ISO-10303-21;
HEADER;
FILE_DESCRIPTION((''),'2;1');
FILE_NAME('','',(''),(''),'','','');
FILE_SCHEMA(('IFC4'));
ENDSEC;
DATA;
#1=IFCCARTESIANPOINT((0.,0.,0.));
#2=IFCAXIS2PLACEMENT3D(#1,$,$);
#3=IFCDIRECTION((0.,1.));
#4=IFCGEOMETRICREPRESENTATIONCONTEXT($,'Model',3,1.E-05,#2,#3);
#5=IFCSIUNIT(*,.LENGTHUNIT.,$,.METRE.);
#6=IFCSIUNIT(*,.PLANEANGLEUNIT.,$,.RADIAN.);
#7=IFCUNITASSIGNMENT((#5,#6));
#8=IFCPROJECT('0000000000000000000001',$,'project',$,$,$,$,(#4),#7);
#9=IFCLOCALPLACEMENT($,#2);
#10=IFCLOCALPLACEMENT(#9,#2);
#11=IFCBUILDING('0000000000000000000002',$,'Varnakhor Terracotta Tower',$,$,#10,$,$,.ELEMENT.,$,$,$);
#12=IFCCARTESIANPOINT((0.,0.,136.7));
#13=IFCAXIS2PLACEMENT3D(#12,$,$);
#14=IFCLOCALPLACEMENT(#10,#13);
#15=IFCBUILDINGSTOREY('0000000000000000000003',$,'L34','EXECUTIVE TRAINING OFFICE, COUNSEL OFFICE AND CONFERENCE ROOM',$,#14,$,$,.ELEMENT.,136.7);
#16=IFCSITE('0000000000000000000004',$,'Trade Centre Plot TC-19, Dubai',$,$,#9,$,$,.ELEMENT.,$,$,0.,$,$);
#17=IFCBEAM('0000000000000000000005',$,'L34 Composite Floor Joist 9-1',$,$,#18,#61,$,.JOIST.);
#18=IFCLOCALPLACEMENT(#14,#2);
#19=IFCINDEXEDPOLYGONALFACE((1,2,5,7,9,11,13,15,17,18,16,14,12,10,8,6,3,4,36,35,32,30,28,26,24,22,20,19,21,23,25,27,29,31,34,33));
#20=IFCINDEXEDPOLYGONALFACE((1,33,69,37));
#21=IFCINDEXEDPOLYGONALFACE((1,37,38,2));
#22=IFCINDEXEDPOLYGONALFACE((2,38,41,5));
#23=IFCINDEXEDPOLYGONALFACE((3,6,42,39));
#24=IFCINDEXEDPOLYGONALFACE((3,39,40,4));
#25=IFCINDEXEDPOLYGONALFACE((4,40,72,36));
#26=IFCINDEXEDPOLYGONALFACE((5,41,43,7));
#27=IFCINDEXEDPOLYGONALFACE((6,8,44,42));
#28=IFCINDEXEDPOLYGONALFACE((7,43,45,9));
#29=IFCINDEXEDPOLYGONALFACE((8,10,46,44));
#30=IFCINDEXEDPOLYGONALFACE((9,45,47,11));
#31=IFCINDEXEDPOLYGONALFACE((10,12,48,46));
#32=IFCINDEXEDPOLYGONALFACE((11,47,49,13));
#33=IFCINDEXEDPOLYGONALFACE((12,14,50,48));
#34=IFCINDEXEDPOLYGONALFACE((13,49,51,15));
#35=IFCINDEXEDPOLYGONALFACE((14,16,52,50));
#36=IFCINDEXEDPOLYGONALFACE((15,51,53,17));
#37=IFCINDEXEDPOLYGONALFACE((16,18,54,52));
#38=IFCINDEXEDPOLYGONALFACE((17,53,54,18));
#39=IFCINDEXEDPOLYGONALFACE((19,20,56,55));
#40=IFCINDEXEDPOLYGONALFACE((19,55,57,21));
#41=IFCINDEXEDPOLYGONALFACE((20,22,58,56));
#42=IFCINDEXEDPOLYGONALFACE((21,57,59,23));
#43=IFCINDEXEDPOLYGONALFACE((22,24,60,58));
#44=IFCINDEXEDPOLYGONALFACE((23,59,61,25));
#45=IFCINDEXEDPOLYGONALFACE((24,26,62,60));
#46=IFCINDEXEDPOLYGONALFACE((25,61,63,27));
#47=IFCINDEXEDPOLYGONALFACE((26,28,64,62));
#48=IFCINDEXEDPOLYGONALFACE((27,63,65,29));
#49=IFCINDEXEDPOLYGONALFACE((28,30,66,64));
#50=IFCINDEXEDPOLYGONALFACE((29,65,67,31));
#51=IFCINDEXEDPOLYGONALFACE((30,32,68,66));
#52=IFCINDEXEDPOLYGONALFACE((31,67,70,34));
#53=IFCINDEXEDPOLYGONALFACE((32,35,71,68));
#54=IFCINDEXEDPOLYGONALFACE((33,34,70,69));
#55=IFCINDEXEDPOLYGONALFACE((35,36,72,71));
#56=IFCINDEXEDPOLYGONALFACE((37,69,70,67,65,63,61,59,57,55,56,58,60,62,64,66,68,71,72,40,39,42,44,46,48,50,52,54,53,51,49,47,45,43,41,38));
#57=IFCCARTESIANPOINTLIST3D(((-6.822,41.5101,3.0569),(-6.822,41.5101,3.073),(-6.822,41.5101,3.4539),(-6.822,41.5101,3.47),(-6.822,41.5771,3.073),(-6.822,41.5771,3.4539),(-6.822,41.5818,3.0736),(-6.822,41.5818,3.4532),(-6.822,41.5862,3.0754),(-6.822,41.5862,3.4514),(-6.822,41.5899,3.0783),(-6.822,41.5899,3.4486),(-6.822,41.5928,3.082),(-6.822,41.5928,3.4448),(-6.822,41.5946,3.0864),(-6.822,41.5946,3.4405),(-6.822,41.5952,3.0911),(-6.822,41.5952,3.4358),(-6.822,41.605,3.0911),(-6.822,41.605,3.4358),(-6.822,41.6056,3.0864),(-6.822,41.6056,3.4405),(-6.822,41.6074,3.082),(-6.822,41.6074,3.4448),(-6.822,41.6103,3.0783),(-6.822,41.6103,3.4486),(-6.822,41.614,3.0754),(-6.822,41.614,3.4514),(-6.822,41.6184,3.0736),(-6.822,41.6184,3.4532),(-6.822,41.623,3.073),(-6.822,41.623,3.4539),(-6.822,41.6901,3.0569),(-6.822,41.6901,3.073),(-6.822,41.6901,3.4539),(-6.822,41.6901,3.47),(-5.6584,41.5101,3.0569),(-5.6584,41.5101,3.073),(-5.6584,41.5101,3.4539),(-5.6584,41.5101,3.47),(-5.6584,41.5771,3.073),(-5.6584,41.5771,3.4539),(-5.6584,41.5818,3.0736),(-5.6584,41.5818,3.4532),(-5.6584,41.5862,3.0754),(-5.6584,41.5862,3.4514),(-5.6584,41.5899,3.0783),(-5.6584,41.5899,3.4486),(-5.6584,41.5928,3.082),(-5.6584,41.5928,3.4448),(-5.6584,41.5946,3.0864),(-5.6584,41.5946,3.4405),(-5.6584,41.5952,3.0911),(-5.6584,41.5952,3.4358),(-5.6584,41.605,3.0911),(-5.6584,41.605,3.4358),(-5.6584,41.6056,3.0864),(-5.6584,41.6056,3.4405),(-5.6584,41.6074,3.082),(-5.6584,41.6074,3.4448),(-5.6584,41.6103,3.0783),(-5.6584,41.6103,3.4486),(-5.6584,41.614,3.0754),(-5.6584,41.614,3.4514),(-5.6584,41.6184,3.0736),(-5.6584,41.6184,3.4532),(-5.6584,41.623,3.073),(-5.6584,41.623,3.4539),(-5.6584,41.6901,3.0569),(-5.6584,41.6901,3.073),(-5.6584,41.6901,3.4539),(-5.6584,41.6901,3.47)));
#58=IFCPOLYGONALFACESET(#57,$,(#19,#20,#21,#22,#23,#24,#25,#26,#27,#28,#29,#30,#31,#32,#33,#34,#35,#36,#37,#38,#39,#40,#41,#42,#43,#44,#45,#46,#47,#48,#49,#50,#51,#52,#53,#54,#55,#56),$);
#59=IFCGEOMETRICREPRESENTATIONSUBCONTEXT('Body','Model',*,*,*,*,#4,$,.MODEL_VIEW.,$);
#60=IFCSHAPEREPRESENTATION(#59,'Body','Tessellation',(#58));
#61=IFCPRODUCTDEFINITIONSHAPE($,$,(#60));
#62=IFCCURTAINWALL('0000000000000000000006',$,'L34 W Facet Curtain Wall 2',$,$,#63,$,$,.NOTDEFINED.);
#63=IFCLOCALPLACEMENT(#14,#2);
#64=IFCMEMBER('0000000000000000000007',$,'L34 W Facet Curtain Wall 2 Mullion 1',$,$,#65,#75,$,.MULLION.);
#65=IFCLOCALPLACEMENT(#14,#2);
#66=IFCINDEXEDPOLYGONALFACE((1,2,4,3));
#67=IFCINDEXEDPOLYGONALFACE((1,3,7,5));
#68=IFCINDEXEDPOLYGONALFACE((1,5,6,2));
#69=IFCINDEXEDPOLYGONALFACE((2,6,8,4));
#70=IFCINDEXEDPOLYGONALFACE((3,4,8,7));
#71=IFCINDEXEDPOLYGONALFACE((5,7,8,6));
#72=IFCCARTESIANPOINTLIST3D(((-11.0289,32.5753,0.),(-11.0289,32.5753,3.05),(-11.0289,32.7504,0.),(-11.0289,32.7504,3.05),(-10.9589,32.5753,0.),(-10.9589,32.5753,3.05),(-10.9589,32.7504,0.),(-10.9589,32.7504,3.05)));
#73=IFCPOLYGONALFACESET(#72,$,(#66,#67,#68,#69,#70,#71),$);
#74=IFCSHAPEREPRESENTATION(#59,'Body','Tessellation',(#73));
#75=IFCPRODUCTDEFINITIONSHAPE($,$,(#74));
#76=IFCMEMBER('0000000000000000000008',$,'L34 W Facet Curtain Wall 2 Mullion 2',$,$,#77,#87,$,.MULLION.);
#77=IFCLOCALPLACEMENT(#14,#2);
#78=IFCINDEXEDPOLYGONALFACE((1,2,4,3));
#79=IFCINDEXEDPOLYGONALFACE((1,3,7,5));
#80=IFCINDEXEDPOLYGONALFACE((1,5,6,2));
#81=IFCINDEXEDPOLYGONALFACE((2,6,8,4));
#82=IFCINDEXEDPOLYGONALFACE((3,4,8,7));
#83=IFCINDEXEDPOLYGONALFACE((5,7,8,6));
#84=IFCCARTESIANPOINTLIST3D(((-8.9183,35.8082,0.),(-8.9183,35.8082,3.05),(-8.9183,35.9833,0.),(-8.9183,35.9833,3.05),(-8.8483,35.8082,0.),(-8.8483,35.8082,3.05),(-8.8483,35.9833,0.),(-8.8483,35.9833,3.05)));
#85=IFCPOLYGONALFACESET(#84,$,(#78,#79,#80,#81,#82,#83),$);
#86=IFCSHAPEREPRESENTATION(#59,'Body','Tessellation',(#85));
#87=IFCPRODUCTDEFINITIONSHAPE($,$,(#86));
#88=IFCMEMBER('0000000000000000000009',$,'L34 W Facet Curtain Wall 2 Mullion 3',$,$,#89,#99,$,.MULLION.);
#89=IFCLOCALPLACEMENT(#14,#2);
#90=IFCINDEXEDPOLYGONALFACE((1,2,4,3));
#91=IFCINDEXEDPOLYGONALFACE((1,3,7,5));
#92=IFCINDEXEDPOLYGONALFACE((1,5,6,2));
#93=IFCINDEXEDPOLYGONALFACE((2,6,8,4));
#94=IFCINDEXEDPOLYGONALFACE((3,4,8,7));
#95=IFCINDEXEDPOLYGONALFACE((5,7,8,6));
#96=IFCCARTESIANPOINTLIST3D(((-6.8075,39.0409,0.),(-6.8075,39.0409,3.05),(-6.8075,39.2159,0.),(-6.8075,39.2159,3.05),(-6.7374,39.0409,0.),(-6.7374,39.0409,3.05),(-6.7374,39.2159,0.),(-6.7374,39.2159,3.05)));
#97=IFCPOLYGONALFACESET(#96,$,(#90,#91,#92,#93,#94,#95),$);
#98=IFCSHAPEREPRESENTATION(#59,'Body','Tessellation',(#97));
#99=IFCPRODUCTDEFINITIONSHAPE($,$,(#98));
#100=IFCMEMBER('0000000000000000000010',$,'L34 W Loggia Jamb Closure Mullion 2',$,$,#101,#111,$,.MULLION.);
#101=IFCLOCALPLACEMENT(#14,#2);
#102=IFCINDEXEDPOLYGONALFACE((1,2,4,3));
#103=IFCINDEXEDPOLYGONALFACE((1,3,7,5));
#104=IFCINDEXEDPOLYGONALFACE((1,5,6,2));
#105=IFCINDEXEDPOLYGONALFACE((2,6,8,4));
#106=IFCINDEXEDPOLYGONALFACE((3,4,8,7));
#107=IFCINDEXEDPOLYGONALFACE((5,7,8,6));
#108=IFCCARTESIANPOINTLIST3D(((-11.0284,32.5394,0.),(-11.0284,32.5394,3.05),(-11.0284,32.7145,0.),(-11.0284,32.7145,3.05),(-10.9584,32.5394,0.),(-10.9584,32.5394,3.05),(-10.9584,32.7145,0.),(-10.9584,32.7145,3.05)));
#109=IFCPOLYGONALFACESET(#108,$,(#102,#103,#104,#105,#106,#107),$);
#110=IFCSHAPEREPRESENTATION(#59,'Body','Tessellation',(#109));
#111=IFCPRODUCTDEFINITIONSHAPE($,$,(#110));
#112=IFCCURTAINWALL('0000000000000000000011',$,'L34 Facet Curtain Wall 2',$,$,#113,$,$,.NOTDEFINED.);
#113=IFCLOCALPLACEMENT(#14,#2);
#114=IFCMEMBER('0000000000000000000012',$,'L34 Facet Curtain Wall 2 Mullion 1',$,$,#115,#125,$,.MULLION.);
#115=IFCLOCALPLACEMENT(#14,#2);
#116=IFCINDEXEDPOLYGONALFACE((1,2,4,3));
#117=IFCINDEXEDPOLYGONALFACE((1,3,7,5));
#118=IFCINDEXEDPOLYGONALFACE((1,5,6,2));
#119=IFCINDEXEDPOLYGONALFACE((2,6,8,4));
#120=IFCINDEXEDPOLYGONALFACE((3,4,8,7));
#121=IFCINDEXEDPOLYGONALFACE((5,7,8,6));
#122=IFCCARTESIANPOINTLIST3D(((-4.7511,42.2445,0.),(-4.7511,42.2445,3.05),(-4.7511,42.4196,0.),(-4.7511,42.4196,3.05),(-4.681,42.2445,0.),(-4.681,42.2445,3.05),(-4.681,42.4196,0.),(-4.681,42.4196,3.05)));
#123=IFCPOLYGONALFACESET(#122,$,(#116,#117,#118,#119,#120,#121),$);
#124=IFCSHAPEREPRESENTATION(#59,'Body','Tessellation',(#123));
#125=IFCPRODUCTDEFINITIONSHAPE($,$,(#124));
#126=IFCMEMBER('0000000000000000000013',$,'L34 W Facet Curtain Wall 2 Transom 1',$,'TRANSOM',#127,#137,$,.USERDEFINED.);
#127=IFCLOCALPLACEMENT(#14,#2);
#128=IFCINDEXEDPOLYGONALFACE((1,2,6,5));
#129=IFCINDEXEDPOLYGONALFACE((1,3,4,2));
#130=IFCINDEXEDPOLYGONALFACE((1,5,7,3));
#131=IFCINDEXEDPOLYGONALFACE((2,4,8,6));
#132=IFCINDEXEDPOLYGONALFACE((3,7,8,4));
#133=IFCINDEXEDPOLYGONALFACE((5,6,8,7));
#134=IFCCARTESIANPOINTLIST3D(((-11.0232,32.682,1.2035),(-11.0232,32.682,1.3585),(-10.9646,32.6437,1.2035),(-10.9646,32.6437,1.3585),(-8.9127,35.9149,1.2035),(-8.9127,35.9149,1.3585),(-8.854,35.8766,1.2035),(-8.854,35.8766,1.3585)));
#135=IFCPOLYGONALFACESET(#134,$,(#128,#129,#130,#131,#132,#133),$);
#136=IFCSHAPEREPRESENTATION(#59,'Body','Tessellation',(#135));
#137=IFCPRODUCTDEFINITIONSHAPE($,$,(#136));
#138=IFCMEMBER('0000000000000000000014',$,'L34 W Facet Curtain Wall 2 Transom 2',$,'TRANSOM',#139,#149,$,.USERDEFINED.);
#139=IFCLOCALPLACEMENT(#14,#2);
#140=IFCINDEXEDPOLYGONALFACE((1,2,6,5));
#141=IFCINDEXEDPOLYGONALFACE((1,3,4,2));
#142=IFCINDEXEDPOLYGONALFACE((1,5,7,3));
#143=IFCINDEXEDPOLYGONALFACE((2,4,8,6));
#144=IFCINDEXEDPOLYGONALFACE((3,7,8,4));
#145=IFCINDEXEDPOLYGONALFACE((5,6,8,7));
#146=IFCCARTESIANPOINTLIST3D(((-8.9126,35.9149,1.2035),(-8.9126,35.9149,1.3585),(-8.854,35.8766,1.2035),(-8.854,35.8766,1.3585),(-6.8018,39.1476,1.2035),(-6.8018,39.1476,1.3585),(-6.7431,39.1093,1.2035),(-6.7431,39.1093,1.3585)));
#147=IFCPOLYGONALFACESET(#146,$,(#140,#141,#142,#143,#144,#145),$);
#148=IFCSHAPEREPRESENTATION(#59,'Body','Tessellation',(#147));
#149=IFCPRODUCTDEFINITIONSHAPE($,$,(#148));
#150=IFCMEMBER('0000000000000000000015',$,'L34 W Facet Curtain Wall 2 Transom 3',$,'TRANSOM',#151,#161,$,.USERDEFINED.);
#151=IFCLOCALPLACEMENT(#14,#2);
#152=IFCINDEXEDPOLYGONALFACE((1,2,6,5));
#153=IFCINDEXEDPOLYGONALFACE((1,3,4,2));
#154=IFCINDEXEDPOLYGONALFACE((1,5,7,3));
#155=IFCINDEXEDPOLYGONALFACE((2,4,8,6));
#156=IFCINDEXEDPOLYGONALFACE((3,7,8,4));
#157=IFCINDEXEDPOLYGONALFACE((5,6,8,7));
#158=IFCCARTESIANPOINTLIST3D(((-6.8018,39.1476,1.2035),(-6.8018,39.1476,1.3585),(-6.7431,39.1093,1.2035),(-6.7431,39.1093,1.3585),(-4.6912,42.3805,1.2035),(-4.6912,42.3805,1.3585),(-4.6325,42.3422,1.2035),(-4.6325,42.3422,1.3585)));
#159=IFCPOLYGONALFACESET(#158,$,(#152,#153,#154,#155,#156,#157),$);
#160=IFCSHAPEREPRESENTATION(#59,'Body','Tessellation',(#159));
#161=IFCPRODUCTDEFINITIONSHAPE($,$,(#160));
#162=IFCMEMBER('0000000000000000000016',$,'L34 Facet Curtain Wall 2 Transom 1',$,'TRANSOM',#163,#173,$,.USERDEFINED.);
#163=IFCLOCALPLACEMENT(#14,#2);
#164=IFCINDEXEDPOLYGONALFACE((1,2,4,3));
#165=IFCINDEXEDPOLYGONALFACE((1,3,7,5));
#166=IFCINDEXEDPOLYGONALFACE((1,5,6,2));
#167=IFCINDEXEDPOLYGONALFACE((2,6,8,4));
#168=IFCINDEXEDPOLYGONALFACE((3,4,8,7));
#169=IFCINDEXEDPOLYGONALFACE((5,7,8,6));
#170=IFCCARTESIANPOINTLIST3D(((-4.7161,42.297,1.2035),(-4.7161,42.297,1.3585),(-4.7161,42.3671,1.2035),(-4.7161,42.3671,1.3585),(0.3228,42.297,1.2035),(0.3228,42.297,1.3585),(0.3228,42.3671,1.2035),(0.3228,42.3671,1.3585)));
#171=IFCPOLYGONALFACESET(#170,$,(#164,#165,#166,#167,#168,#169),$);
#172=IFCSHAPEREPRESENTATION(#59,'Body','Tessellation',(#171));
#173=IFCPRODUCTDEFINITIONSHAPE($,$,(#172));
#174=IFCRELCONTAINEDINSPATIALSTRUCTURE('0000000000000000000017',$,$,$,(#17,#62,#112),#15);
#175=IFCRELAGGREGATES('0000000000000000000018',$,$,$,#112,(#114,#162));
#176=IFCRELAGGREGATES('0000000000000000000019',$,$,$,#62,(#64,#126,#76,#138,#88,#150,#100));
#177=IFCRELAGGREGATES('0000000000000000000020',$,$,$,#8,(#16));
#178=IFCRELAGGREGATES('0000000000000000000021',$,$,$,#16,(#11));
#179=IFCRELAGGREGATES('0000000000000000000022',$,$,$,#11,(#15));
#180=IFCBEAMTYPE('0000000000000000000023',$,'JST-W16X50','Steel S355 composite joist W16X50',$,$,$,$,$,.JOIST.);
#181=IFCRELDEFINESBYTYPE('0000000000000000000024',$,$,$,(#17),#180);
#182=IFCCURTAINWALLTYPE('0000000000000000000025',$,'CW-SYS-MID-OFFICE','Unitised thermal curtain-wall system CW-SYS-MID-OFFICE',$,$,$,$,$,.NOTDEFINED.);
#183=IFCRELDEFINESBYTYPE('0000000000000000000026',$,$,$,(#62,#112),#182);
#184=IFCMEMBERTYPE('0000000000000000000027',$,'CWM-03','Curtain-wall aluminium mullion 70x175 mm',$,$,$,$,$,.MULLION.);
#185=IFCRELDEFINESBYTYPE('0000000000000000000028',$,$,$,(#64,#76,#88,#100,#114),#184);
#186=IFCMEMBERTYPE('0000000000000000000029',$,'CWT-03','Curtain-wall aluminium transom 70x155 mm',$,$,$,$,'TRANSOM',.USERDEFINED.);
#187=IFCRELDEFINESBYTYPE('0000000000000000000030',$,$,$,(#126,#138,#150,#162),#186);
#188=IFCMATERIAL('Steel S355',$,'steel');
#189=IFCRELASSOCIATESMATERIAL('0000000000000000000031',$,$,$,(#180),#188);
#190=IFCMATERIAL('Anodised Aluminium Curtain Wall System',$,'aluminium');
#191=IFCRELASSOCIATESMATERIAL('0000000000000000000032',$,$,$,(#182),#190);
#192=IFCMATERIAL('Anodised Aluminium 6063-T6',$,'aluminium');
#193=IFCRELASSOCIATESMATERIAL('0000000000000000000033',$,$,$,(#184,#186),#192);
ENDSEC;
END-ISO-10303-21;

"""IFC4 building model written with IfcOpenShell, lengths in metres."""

from ifc_helpers import new_model, si_unit, direction, frame, origin, origin_2d, place, context, subcontext, project, spatial, rectangle, i_section, extrude, source, transform, mapped, material, material_profile, profile_set, type_object, element, aggregate, save


model = new_model("IFC4")

# Units and contexts
model_context = context("Model", 3, precision=1e-05, world=origin(), true_north=direction((0.0, 1.0)))
body_context = subcontext(model_context, "Body", "Model", "MODEL_VIEW")
ifc_project = project(units=[si_unit("LENGTHUNIT", "METRE"), si_unit("PLANEANGLEUNIT", "RADIAN")], contexts=[model_context])

# Site, building, storey
site_placement = place(None, origin())
site = spatial("IfcSite", under=ifc_project, at=site_placement, Name="Trade Centre Plot TC-19, Dubai", CompositionType="ELEMENT", RefElevation=0.0)
building_placement = place(site_placement, origin())
building = spatial("IfcBuilding", under=site, at=building_placement, Name="Varnakhor Terracotta Tower", CompositionType="ELEMENT")
storey_placement = place(building_placement, frame((0.0, 0.0, 136.7)))
storey = spatial("IfcBuildingStorey", under=building, at=storey_placement, Name="L34", Description="EXECUTIVE TRAINING OFFICE, COUNSEL OFFICE AND CONFERENCE ROOM", CompositionType="ELEMENT", Elevation=136.7)

# Beam
ifc_material_1 = material(Name="Steel S355", Category="steel")
ifc_material_profile_1 = material_profile(ifc_material_1, i_section(OverallWidth=0.1799, OverallDepth=0.4131, WebThickness=0.0098, FlangeThickness=0.0161, FilletRadius=0.0181, at=origin_2d()), Name="W16X50")
ifc_profile_set_1 = profile_set([ifc_material_profile_1], Name="Steel S355")
beam_type_1 = type_object("IfcBeamType", Name="JST-W16X50", Description="Steel S355 composite joist W16X50", PredefinedType="JOIST", material=ifc_profile_set_1)
shared_shape_1 = source(origin(), body_context, "Body", "SweptSolid", [
    extrude(i_section(OverallWidth=0.1799, OverallDepth=0.4131, WebThickness=0.0098, FlangeThickness=0.0161, FilletRadius=0.0181, at=origin_2d()), origin(), (0.0, 0.0, 1.0), 1.1636),
])
beam_1_placement = place(storey_placement, frame((-6.822, 41.6001, 3.2634), z_axis=(1.0, 0.0, 0.0), x_axis=(0.0, 1.0, 0.0)))
element("IfcBeam", 1, at=beam_1_placement, inside=storey, type_object=beam_type_1, Name="L34 Composite Floor Joist 9-1", PredefinedType="JOIST", context=body_context, shape_type="MappedRepresentation", body=[
    mapped(shared_shape_1, transform((0.0, 0.0, 0.0), scale=1.0)),
])

# Curtain wall, members
ifc_material_2 = material(Name="Anodised Aluminium Curtain Wall System", Category="aluminium")
curtain_wall_type = type_object("IfcCurtainWallType", Name="CW-SYS-MID-OFFICE", Description="Unitised thermal curtain-wall system CW-SYS-MID-OFFICE", PredefinedType="NOTDEFINED", material=ifc_material_2)
curtain_wall_1_placement = place(storey_placement, origin())
curtain_wall_1 = element("IfcCurtainWall", 2, at=curtain_wall_1_placement, inside=storey, type_object=curtain_wall_type, Name="L34 W Facet Curtain Wall 2", PredefinedType="NOTDEFINED")
ifc_material_3 = material(Name="Anodised Aluminium 6063-T6", Category="aluminium")
ifc_material_profile_2 = material_profile(ifc_material_3, rectangle(XDim=0.0701, YDim=0.175, at=origin_2d()), Name="ALU MULLION 70x175")
ifc_profile_set_2 = profile_set([ifc_material_profile_2], Name="Anodised Aluminium 6063-T6")
member_type_1 = type_object("IfcMemberType", Name="CWM-03", Description="Curtain-wall aluminium mullion 70x175 mm", PredefinedType="MULLION", material=ifc_profile_set_2)
shared_shape_2 = source(origin(), body_context, "Body", "SweptSolid", [
    extrude(rectangle(XDim=0.0701, YDim=0.175, at=origin_2d()), origin(), (0.0, 0.0, 1.0), 3.05),
])
member_1_placement = place(storey_placement, frame((-10.9939, 32.6628, 0.0), z_axis=(0.0, 0.0, 1.0), x_axis=(1.0, 0.0, 0.0)))
member_1 = element("IfcMember", 3, at=member_1_placement, type_object=member_type_1, Name="L34 W Facet Curtain Wall 2 Mullion 1", PredefinedType="MULLION", context=body_context, shape_type="MappedRepresentation", body=[
    mapped(shared_shape_2, transform((0.0, 0.0, 0.0), scale=1.0)),
])
member_2_placement = place(storey_placement, frame((-8.8833, 35.8958, 0.0), z_axis=(0.0, 0.0, 1.0), x_axis=(1.0, 0.0, 0.0)))
member_2 = element("IfcMember", 4, at=member_2_placement, type_object=member_type_1, Name="L34 W Facet Curtain Wall 2 Mullion 2", PredefinedType="MULLION", context=body_context, shape_type="MappedRepresentation", body=[
    mapped(shared_shape_2, transform((0.0, 0.0, 0.0), scale=1.0)),
])
member_3_placement = place(storey_placement, frame((-6.7725, 39.1284, 0.0), z_axis=(0.0, 0.0, 1.0), x_axis=(1.0, 0.0, 0.0)))
member_3 = element("IfcMember", 5, at=member_3_placement, type_object=member_type_1, Name="L34 W Facet Curtain Wall 2 Mullion 3", PredefinedType="MULLION", context=body_context, shape_type="MappedRepresentation", body=[
    mapped(shared_shape_2, transform((0.0, 0.0, 0.0), scale=1.0)),
])
member_4_placement = place(storey_placement, frame((-10.9934, 32.627, 0.0), z_axis=(0.0, 0.0, 1.0), x_axis=(1.0, 0.0, 0.0)))
member_4 = element("IfcMember", 6, at=member_4_placement, type_object=member_type_1, Name="L34 W Loggia Jamb Closure Mullion 2", PredefinedType="MULLION", context=body_context, shape_type="MappedRepresentation", body=[
    mapped(shared_shape_2, transform((0.0, 0.0, 0.0), scale=1.0)),
])

# Curtain wall, member
curtain_wall_2_placement = place(storey_placement, origin())
curtain_wall_2 = element("IfcCurtainWall", 7, at=curtain_wall_2_placement, inside=storey, type_object=curtain_wall_type, Name="L34 Facet Curtain Wall 2", PredefinedType="NOTDEFINED")
member_5_placement = place(storey_placement, frame((-4.7161, 42.332, 0.0), z_axis=(0.0, 0.0, 1.0), x_axis=(1.0, 0.0, 0.0)))
member_5 = element("IfcMember", 8, at=member_5_placement, type_object=member_type_1, Name="L34 Facet Curtain Wall 2 Mullion 1", PredefinedType="MULLION", context=body_context, shape_type="MappedRepresentation", body=[
    mapped(shared_shape_2, transform((0.0, 0.0, 0.0), scale=1.0)),
])

# Members
ifc_material_profile_3 = material_profile(ifc_material_3, rectangle(XDim=0.0701, YDim=0.155, at=origin_2d()), Name="ALU TRANSOM 70x155")
ifc_profile_set_3 = profile_set([ifc_material_profile_3], Name="Anodised Aluminium 6063-T6")
member_type_2 = type_object("IfcMemberType", Name="CWT-03", Description="Curtain-wall aluminium transom 70x155 mm", ElementType="TRANSOM", PredefinedType="USERDEFINED", material=ifc_profile_set_3)
shared_shape_3 = source(origin(), body_context, "Body", "SweptSolid", [
    extrude(rectangle(XDim=0.0701, YDim=0.155, at=origin_2d()), origin(), (0.0, 0.0, 1.0), 3.8608),
])
member_6_placement = place(storey_placement, frame((-10.9939, 32.6628, 1.281), z_axis=(0.546663, 0.837353, 0.0), x_axis=(-0.837353, 0.546663, 0.0)))
member_6 = element("IfcMember", 9, at=member_6_placement, type_object=member_type_2, Name="L34 W Facet Curtain Wall 2 Transom 1", ObjectType="TRANSOM", PredefinedType="USERDEFINED", context=body_context, shape_type="MappedRepresentation", body=[
    mapped(shared_shape_3, transform((0.0, 0.0, 0.0), scale=1.0)),
])
member_7_placement = place(storey_placement, frame((-8.8833, 35.8958, 1.281), z_axis=(0.546736, 0.837305, 0.0), x_axis=(-0.837305, 0.546736, 0.0)))
member_7 = element("IfcMember", 10, at=member_7_placement, type_object=member_type_2, Name="L34 W Facet Curtain Wall 2 Transom 2", ObjectType="TRANSOM", PredefinedType="USERDEFINED", context=body_context, shape_type="MappedRepresentation", body=[
    mapped(shared_shape_3, transform((0.0, 0.0, 0.0), scale=1.0)),
])
member_8_placement = place(storey_placement, frame((-6.7725, 39.1284, 1.281), z_axis=(0.546663, 0.837353, 0.0), x_axis=(-0.837353, 0.546663, 0.0)))
member_8 = element("IfcMember", 11, at=member_8_placement, type_object=member_type_2, Name="L34 W Facet Curtain Wall 2 Transom 3", ObjectType="TRANSOM", PredefinedType="USERDEFINED", context=body_context, shape_type="MappedRepresentation", body=[
    mapped(shared_shape_3, transform((0.0, 0.0, 0.0), scale=1.0)),
])
shared_shape_4 = source(origin(), body_context, "Body", "SweptSolid", [
    extrude(rectangle(XDim=0.0701, YDim=0.155, at=origin_2d()), origin(), (0.0, 0.0, 1.0), 5.0388),
])
member_9_placement = place(storey_placement, frame((-4.7161, 42.332, 1.281), z_axis=(1.0, 0.0, 0.0), x_axis=(0.0, 1.0, 0.0)))
member_9 = element("IfcMember", 12, at=member_9_placement, type_object=member_type_2, Name="L34 Facet Curtain Wall 2 Transom 1", ObjectType="TRANSOM", PredefinedType="USERDEFINED", context=body_context, shape_type="MappedRepresentation", body=[
    mapped(shared_shape_4, transform((0.0, 0.0, 0.0), scale=1.0)),
])
aggregate(curtain_wall_2, [member_5, member_9])

aggregate(curtain_wall_1, [member_1, member_6, member_2, member_7, member_3, member_8, member_4])

save(model, "model.ifc")
